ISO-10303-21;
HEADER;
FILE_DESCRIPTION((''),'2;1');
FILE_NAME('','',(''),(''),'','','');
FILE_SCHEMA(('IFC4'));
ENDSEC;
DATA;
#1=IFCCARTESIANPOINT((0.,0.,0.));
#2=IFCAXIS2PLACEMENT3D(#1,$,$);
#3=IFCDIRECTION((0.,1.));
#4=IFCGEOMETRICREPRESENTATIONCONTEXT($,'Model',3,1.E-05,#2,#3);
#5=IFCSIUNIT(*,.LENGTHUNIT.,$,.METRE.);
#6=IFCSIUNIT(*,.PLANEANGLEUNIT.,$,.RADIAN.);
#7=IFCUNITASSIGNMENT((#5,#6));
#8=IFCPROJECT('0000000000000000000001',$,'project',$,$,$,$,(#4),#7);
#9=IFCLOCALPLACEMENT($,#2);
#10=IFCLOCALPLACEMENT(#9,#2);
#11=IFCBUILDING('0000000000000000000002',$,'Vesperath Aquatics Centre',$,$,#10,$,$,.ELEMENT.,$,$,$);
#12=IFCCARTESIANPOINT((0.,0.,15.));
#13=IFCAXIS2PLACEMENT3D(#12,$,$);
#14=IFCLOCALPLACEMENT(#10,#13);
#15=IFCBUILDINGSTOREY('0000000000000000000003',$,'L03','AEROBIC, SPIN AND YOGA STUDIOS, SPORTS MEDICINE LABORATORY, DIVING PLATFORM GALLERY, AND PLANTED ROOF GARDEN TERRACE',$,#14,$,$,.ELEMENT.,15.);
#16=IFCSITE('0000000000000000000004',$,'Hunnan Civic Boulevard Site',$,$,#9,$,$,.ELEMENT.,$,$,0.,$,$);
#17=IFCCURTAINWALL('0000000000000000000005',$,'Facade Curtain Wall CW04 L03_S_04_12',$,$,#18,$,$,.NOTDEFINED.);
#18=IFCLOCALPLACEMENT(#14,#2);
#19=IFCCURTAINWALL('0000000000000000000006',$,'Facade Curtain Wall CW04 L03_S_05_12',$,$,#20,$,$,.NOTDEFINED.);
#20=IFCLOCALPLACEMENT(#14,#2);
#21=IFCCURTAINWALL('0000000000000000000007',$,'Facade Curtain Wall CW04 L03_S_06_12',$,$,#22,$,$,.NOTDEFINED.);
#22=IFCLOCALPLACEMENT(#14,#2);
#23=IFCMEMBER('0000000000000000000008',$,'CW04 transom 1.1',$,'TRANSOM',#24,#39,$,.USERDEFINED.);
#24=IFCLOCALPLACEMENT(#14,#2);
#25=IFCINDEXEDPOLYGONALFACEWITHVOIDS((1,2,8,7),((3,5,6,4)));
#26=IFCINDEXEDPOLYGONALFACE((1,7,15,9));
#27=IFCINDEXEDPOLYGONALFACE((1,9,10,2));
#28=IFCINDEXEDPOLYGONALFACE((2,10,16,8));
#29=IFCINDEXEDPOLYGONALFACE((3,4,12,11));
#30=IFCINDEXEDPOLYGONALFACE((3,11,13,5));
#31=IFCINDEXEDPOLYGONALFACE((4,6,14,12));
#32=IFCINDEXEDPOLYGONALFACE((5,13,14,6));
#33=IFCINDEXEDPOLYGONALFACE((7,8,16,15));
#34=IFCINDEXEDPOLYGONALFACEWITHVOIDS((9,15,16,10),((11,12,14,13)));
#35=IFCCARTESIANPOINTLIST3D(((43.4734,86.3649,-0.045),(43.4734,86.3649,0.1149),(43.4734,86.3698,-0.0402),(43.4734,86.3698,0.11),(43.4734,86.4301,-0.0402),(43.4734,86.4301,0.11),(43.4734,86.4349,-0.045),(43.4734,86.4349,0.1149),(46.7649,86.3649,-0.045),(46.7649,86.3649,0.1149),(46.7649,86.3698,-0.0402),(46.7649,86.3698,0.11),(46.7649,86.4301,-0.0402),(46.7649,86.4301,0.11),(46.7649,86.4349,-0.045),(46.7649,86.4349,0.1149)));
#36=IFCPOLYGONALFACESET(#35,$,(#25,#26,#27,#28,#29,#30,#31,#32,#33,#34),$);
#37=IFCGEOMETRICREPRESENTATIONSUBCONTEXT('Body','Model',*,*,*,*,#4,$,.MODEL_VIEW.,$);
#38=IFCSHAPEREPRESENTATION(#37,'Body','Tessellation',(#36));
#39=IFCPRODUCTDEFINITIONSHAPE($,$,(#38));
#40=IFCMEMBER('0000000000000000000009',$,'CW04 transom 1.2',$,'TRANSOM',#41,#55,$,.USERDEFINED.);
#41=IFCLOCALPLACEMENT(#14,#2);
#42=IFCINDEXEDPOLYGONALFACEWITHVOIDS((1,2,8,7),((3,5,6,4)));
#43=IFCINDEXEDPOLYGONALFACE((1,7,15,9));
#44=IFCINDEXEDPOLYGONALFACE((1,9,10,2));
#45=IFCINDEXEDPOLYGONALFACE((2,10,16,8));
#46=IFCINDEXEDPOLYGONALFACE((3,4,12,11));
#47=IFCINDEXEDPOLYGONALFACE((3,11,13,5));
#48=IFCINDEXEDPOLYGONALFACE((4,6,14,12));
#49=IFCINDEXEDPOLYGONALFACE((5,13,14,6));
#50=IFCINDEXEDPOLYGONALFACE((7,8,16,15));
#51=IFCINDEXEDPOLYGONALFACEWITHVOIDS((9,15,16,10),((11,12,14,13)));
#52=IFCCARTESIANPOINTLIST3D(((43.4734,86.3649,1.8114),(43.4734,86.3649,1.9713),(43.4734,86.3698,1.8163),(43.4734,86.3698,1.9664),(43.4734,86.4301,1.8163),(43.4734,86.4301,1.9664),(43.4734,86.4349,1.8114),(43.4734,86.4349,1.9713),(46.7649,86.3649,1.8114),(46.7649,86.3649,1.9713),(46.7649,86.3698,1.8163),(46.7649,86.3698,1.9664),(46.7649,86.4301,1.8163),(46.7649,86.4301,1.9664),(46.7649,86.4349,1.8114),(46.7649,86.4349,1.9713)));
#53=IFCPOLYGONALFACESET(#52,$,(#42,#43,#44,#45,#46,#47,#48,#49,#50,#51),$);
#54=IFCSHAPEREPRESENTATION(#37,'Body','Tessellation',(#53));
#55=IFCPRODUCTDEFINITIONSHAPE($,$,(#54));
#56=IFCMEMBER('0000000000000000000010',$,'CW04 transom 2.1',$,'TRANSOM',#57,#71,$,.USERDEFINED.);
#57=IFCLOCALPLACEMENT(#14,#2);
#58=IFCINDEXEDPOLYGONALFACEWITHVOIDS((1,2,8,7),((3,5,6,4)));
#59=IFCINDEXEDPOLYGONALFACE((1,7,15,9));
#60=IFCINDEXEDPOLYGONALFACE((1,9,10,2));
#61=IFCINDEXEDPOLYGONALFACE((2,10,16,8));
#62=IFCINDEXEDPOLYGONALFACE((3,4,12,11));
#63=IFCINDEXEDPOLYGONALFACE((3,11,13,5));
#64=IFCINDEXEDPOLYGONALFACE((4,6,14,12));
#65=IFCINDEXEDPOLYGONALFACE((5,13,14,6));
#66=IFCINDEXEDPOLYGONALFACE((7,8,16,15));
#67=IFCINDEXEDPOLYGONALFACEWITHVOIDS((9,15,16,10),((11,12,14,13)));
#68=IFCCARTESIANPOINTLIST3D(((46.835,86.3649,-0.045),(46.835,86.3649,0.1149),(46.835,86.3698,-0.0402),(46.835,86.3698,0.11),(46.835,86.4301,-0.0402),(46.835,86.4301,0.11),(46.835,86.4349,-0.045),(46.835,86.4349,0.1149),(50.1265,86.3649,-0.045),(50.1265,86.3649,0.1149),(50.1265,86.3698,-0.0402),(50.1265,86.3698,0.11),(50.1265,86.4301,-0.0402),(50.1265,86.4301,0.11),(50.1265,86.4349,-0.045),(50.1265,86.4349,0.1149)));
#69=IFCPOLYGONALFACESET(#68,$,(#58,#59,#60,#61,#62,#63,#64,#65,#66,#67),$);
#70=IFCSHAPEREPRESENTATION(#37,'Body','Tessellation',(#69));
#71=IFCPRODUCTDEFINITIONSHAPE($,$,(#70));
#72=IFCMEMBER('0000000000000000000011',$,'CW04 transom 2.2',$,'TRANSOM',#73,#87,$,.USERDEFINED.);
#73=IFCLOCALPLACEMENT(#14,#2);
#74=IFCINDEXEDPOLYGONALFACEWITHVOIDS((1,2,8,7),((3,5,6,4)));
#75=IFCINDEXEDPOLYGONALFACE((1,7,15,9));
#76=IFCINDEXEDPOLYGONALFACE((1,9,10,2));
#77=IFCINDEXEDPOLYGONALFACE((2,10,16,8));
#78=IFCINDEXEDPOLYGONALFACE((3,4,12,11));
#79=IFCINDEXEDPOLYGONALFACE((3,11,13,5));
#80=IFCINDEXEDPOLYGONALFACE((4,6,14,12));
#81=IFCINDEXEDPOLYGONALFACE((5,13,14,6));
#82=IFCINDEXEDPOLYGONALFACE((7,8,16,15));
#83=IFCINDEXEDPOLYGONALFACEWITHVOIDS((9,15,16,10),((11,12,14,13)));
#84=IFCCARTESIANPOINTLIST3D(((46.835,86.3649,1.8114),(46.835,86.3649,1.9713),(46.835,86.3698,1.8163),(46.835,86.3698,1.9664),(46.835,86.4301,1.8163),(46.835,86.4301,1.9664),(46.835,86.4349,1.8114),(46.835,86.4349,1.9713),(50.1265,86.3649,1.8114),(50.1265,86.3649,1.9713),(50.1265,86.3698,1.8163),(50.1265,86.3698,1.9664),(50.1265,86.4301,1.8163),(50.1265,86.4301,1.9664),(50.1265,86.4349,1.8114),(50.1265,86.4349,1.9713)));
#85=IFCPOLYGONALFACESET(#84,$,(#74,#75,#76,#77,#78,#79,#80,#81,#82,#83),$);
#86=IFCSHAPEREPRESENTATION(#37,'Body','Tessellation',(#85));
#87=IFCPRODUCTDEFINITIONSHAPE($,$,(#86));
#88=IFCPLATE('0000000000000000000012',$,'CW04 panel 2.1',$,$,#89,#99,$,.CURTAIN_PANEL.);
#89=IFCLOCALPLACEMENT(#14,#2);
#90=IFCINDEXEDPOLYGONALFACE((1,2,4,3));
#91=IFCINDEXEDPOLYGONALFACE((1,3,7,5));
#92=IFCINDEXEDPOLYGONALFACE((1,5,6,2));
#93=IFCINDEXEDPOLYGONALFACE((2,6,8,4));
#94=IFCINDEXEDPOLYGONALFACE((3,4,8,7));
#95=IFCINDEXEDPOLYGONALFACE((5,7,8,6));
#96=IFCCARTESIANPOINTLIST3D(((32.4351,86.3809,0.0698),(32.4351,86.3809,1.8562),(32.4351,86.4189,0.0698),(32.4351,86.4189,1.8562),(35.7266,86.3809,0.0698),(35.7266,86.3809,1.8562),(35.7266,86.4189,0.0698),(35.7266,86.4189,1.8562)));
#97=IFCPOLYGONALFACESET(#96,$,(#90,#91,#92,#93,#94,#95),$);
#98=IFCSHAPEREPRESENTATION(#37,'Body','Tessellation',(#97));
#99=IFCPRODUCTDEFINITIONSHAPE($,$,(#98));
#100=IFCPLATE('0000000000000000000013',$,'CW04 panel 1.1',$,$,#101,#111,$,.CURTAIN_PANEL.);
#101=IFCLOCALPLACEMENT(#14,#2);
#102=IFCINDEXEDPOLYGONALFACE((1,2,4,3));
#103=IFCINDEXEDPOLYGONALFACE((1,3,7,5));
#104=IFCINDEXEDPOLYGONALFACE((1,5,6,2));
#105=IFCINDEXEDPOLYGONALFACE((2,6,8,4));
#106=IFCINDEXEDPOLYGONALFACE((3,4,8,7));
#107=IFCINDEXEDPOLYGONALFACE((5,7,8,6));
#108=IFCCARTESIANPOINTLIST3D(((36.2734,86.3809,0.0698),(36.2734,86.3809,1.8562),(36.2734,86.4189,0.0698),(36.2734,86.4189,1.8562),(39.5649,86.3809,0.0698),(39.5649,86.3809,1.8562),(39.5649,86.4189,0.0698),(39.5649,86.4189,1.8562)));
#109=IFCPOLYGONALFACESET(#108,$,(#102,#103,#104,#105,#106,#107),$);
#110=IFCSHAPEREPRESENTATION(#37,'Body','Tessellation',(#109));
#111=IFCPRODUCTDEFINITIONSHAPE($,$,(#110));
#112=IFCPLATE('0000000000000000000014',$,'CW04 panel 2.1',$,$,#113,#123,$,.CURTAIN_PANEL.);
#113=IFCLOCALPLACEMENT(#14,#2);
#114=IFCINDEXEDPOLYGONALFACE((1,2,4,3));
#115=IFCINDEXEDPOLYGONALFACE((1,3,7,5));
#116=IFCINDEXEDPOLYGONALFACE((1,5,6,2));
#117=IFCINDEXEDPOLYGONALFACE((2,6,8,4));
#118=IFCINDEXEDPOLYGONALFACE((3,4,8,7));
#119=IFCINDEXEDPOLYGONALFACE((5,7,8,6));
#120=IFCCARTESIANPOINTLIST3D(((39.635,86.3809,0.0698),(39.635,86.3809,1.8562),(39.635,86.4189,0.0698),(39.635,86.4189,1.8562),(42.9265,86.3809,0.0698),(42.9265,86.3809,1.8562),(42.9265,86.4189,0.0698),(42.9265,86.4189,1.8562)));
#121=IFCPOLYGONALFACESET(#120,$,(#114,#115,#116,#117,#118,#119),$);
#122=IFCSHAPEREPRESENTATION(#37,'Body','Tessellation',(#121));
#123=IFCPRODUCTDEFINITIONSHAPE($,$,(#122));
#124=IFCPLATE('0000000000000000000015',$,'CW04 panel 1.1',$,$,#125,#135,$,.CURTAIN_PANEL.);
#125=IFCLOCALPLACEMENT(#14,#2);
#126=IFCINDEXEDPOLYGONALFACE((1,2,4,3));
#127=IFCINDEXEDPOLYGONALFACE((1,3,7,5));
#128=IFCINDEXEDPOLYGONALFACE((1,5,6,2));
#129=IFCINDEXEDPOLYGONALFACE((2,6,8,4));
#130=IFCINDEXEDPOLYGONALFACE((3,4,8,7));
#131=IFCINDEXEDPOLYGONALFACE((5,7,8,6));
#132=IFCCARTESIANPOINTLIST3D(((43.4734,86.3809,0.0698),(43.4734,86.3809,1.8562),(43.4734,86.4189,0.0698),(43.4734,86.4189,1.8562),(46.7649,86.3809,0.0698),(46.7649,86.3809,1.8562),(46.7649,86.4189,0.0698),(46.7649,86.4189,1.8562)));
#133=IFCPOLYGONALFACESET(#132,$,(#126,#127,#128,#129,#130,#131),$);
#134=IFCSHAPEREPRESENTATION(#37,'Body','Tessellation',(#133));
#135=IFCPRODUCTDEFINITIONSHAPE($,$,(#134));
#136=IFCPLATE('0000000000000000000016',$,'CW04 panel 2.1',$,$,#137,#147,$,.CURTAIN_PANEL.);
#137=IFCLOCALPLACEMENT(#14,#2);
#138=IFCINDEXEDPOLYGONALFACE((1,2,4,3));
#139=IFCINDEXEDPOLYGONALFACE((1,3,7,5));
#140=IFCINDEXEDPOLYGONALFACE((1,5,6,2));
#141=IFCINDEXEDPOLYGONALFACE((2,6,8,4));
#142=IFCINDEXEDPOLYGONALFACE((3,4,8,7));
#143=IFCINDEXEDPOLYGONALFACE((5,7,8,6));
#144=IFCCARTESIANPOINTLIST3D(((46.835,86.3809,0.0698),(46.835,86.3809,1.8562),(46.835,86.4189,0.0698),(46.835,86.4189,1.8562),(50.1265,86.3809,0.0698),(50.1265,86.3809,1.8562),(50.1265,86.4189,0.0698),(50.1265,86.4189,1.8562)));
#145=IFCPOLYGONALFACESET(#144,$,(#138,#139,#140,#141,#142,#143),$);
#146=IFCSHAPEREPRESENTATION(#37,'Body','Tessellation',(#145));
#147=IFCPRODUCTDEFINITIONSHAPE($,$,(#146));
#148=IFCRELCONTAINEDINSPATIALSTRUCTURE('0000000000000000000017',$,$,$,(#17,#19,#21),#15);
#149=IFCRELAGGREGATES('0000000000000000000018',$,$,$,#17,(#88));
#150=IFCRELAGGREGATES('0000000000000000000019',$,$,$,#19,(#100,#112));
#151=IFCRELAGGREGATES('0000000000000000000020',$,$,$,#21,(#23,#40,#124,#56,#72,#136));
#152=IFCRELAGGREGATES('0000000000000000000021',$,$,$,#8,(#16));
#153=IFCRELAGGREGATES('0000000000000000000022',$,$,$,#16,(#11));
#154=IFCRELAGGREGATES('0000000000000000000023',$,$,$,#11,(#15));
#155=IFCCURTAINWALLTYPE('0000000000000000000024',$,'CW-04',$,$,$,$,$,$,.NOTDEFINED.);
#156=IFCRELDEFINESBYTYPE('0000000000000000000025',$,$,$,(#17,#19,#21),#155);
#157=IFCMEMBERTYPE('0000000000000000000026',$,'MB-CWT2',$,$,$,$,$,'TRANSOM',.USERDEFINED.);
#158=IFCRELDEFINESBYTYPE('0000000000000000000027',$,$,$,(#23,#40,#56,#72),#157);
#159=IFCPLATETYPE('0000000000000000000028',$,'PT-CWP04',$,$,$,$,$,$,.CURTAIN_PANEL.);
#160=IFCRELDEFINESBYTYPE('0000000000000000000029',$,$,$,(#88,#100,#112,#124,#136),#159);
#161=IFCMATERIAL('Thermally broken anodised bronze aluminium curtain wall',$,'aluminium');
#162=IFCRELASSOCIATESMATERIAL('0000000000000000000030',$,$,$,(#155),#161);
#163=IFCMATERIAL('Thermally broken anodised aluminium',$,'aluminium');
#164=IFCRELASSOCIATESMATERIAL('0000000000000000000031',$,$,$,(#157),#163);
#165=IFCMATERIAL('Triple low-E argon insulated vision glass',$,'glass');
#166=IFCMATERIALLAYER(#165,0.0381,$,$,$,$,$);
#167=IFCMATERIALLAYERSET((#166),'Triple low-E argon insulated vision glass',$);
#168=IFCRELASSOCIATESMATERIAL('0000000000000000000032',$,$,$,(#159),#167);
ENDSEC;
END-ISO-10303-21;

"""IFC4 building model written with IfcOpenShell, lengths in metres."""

from ifc_helpers import new_model, si_unit, direction, frame, origin, origin_2d, place, context, subcontext, project, spatial, rectangle, hollow_rectangle, extrude, material, layer, layer_set, material_profile, profile_set, type_object, element, aggregate, save


model = new_model("IFC4")

# Units and contexts
model_context = context("Model", 3, precision=1e-05, world=origin(), true_north=direction((0.0, 1.0)))
body_context = subcontext(model_context, "Body", "Model", "MODEL_VIEW")
ifc_project = project(units=[si_unit("LENGTHUNIT", "METRE"), si_unit("PLANEANGLEUNIT", "RADIAN")], contexts=[model_context])

# Site, building, storey
site_placement = place(None, origin())
site = spatial("IfcSite", under=ifc_project, at=site_placement, Name="Hunnan Civic Boulevard Site", CompositionType="ELEMENT", RefElevation=0.0)
building_placement = place(site_placement, origin())
building = spatial("IfcBuilding", under=site, at=building_placement, Name="Vesperath Aquatics Centre", CompositionType="ELEMENT")
storey_placement = place(building_placement, frame((0.0, 0.0, 15.0)))
storey = spatial("IfcBuildingStorey", under=building, at=storey_placement, Name="L03", Description="AEROBIC, SPIN AND YOGA STUDIOS, SPORTS MEDICINE LABORATORY, DIVING PLATFORM GALLERY, AND PLANTED ROOF GARDEN TERRACE", CompositionType="ELEMENT", Elevation=15.0)

# Curtain wall
ifc_material_1 = material(Name="Thermally broken anodised bronze aluminium curtain wall", Category="aluminium")
curtain_wall_type = type_object("IfcCurtainWallType", Name="CW-04", PredefinedType="NOTDEFINED", material=ifc_material_1)
curtain_wall_1_placement = place(storey_placement, origin())
curtain_wall_1 = element("IfcCurtainWall", 1, at=curtain_wall_1_placement, inside=storey, type_object=curtain_wall_type, Name="Facade Curtain Wall CW04 L03_S_04_12", PredefinedType="NOTDEFINED")
ifc_material_2 = material(Name="Thermally broken anodised aluminium", Category="aluminium")

# Curtain walls
curtain_wall_2_placement = place(storey_placement, origin())
curtain_wall_2 = element("IfcCurtainWall", 2, at=curtain_wall_2_placement, inside=storey, type_object=curtain_wall_type, Name="Facade Curtain Wall CW04 L03_S_05_12", PredefinedType="NOTDEFINED")
curtain_wall_3_placement = place(storey_placement, origin())
curtain_wall_3 = element("IfcCurtainWall", 3, at=curtain_wall_3_placement, inside=storey, type_object=curtain_wall_type, Name="Facade Curtain Wall CW04 L03_S_06_12", PredefinedType="NOTDEFINED")

# Members
ifc_material_profile_1 = material_profile(ifc_material_2, hollow_rectangle(XDim=0.0701, YDim=0.1599, WallThickness=0.0049, at=origin_2d()), Name="CWT 70x160x5")
ifc_profile_set_1 = profile_set([ifc_material_profile_1], Name="Thermally broken anodised aluminium")
member_type_1 = type_object("IfcMemberType", Name="MB-CWT2", ElementType="TRANSOM", PredefinedType="USERDEFINED", material=ifc_profile_set_1)
member_1_placement = place(storey_placement, frame((43.4734, 86.3999, 0.0349), z_axis=(1.0, 0.0, 0.0), x_axis=(0.0, 1.0, 0.0)))
member_1 = element("IfcMember", 4, at=member_1_placement, type_object=member_type_1, Name="CW04 transom 1.1", ObjectType="TRANSOM", PredefinedType="USERDEFINED", context=body_context, shape_type="SweptSolid", body=[
    extrude(hollow_rectangle(XDim=0.0701, YDim=0.1599, WallThickness=0.0049, at=origin_2d()), origin(), (0.0, 0.0, 1.0), 3.2915),
])
member_2_placement = place(storey_placement, frame((43.4734, 86.3999, 1.8914), z_axis=(1.0, 0.0, 0.0), x_axis=(0.0, 1.0, 0.0)))
member_2 = element("IfcMember", 5, at=member_2_placement, type_object=member_type_1, Name="CW04 transom 1.2", ObjectType="TRANSOM", PredefinedType="USERDEFINED", context=body_context, shape_type="SweptSolid", body=[
    extrude(hollow_rectangle(XDim=0.0701, YDim=0.1599, WallThickness=0.0049, at=origin_2d()), origin(), (0.0, 0.0, 1.0), 3.2915),
])
member_3_placement = place(storey_placement, frame((46.835, 86.3999, 0.0349), z_axis=(1.0, 0.0, 0.0), x_axis=(0.0, 1.0, 0.0)))
member_3 = element("IfcMember", 6, at=member_3_placement, type_object=member_type_1, Name="CW04 transom 2.1", ObjectType="TRANSOM", PredefinedType="USERDEFINED", context=body_context, shape_type="SweptSolid", body=[
    extrude(hollow_rectangle(XDim=0.0701, YDim=0.1599, WallThickness=0.0049, at=origin_2d()), origin(), (0.0, 0.0, 1.0), 3.2915),
])
member_4_placement = place(storey_placement, frame((46.835, 86.3999, 1.8914), z_axis=(1.0, 0.0, 0.0), x_axis=(0.0, 1.0, 0.0)))
member_4 = element("IfcMember", 7, at=member_4_placement, type_object=member_type_1, Name="CW04 transom 2.2", ObjectType="TRANSOM", PredefinedType="USERDEFINED", context=body_context, shape_type="SweptSolid", body=[
    extrude(hollow_rectangle(XDim=0.0701, YDim=0.1599, WallThickness=0.0049, at=origin_2d()), origin(), (0.0, 0.0, 1.0), 3.2915),
])

# Plates
ifc_material_3 = material(Name="Triple low-E argon insulated vision glass", Category="glass")
ifc_layer = layer(ifc_material_3, 0.0381)
ifc_layer_set = layer_set([ifc_layer], Name="Triple low-E argon insulated vision glass")
plate_type = type_object("IfcPlateType", Name="PT-CWP04", PredefinedType="CURTAIN_PANEL", material=ifc_layer_set)
plate_1_placement = place(storey_placement, frame((34.0808, 86.3999, 0.0698), z_axis=(0.0, 0.0, 1.0), x_axis=(1.0, 0.0, 0.0)))
plate_1 = element("IfcPlate", 8, at=plate_1_placement, type_object=plate_type, Name="CW04 panel 2.1", PredefinedType="CURTAIN_PANEL", context=body_context, shape_type="SweptSolid", body=[
    extrude(rectangle(XDim=3.2915, YDim=0.0381, at=origin_2d()), origin(), (0.0, 0.0, 1.0), 1.7864),
])
aggregate(curtain_wall_1, [plate_1])
plate_2_placement = place(storey_placement, frame((37.9192, 86.3999, 0.0698), z_axis=(0.0, 0.0, 1.0), x_axis=(1.0, 0.0, 0.0)))
plate_2 = element("IfcPlate", 9, at=plate_2_placement, type_object=plate_type, Name="CW04 panel 1.1", PredefinedType="CURTAIN_PANEL", context=body_context, shape_type="SweptSolid", body=[
    extrude(rectangle(XDim=3.2915, YDim=0.0381, at=origin_2d()), origin(), (0.0, 0.0, 1.0), 1.7864),
])
plate_3_placement = place(storey_placement, frame((41.2808, 86.3999, 0.0698), z_axis=(0.0, 0.0, 1.0), x_axis=(1.0, 0.0, 0.0)))
plate_3 = element("IfcPlate", 10, at=plate_3_placement, type_object=plate_type, Name="CW04 panel 2.1", PredefinedType="CURTAIN_PANEL", context=body_context, shape_type="SweptSolid", body=[
    extrude(rectangle(XDim=3.2915, YDim=0.0381, at=origin_2d()), origin(), (0.0, 0.0, 1.0), 1.7864),
])
aggregate(curtain_wall_2, [plate_2, plate_3])
plate_4_placement = place(storey_placement, frame((45.1191, 86.3999, 0.0698), z_axis=(0.0, 0.0, 1.0), x_axis=(1.0, 0.0, 0.0)))
plate_4 = element("IfcPlate", 11, at=plate_4_placement, type_object=plate_type, Name="CW04 panel 1.1", PredefinedType="CURTAIN_PANEL", context=body_context, shape_type="SweptSolid", body=[
    extrude(rectangle(XDim=3.2915, YDim=0.0381, at=origin_2d()), origin(), (0.0, 0.0, 1.0), 1.7864),
])
plate_5_placement = place(storey_placement, frame((48.4807, 86.3999, 0.0698), z_axis=(0.0, 0.0, 1.0), x_axis=(1.0, 0.0, 0.0)))
plate_5 = element("IfcPlate", 12, at=plate_5_placement, type_object=plate_type, Name="CW04 panel 2.1", PredefinedType="CURTAIN_PANEL", context=body_context, shape_type="SweptSolid", body=[
    extrude(rectangle(XDim=3.2915, YDim=0.0381, at=origin_2d()), origin(), (0.0, 0.0, 1.0), 1.7864),
])
aggregate(curtain_wall_3, [member_1, member_2, plate_4, member_3, member_4, plate_5])

save(model, "model.ifc")
